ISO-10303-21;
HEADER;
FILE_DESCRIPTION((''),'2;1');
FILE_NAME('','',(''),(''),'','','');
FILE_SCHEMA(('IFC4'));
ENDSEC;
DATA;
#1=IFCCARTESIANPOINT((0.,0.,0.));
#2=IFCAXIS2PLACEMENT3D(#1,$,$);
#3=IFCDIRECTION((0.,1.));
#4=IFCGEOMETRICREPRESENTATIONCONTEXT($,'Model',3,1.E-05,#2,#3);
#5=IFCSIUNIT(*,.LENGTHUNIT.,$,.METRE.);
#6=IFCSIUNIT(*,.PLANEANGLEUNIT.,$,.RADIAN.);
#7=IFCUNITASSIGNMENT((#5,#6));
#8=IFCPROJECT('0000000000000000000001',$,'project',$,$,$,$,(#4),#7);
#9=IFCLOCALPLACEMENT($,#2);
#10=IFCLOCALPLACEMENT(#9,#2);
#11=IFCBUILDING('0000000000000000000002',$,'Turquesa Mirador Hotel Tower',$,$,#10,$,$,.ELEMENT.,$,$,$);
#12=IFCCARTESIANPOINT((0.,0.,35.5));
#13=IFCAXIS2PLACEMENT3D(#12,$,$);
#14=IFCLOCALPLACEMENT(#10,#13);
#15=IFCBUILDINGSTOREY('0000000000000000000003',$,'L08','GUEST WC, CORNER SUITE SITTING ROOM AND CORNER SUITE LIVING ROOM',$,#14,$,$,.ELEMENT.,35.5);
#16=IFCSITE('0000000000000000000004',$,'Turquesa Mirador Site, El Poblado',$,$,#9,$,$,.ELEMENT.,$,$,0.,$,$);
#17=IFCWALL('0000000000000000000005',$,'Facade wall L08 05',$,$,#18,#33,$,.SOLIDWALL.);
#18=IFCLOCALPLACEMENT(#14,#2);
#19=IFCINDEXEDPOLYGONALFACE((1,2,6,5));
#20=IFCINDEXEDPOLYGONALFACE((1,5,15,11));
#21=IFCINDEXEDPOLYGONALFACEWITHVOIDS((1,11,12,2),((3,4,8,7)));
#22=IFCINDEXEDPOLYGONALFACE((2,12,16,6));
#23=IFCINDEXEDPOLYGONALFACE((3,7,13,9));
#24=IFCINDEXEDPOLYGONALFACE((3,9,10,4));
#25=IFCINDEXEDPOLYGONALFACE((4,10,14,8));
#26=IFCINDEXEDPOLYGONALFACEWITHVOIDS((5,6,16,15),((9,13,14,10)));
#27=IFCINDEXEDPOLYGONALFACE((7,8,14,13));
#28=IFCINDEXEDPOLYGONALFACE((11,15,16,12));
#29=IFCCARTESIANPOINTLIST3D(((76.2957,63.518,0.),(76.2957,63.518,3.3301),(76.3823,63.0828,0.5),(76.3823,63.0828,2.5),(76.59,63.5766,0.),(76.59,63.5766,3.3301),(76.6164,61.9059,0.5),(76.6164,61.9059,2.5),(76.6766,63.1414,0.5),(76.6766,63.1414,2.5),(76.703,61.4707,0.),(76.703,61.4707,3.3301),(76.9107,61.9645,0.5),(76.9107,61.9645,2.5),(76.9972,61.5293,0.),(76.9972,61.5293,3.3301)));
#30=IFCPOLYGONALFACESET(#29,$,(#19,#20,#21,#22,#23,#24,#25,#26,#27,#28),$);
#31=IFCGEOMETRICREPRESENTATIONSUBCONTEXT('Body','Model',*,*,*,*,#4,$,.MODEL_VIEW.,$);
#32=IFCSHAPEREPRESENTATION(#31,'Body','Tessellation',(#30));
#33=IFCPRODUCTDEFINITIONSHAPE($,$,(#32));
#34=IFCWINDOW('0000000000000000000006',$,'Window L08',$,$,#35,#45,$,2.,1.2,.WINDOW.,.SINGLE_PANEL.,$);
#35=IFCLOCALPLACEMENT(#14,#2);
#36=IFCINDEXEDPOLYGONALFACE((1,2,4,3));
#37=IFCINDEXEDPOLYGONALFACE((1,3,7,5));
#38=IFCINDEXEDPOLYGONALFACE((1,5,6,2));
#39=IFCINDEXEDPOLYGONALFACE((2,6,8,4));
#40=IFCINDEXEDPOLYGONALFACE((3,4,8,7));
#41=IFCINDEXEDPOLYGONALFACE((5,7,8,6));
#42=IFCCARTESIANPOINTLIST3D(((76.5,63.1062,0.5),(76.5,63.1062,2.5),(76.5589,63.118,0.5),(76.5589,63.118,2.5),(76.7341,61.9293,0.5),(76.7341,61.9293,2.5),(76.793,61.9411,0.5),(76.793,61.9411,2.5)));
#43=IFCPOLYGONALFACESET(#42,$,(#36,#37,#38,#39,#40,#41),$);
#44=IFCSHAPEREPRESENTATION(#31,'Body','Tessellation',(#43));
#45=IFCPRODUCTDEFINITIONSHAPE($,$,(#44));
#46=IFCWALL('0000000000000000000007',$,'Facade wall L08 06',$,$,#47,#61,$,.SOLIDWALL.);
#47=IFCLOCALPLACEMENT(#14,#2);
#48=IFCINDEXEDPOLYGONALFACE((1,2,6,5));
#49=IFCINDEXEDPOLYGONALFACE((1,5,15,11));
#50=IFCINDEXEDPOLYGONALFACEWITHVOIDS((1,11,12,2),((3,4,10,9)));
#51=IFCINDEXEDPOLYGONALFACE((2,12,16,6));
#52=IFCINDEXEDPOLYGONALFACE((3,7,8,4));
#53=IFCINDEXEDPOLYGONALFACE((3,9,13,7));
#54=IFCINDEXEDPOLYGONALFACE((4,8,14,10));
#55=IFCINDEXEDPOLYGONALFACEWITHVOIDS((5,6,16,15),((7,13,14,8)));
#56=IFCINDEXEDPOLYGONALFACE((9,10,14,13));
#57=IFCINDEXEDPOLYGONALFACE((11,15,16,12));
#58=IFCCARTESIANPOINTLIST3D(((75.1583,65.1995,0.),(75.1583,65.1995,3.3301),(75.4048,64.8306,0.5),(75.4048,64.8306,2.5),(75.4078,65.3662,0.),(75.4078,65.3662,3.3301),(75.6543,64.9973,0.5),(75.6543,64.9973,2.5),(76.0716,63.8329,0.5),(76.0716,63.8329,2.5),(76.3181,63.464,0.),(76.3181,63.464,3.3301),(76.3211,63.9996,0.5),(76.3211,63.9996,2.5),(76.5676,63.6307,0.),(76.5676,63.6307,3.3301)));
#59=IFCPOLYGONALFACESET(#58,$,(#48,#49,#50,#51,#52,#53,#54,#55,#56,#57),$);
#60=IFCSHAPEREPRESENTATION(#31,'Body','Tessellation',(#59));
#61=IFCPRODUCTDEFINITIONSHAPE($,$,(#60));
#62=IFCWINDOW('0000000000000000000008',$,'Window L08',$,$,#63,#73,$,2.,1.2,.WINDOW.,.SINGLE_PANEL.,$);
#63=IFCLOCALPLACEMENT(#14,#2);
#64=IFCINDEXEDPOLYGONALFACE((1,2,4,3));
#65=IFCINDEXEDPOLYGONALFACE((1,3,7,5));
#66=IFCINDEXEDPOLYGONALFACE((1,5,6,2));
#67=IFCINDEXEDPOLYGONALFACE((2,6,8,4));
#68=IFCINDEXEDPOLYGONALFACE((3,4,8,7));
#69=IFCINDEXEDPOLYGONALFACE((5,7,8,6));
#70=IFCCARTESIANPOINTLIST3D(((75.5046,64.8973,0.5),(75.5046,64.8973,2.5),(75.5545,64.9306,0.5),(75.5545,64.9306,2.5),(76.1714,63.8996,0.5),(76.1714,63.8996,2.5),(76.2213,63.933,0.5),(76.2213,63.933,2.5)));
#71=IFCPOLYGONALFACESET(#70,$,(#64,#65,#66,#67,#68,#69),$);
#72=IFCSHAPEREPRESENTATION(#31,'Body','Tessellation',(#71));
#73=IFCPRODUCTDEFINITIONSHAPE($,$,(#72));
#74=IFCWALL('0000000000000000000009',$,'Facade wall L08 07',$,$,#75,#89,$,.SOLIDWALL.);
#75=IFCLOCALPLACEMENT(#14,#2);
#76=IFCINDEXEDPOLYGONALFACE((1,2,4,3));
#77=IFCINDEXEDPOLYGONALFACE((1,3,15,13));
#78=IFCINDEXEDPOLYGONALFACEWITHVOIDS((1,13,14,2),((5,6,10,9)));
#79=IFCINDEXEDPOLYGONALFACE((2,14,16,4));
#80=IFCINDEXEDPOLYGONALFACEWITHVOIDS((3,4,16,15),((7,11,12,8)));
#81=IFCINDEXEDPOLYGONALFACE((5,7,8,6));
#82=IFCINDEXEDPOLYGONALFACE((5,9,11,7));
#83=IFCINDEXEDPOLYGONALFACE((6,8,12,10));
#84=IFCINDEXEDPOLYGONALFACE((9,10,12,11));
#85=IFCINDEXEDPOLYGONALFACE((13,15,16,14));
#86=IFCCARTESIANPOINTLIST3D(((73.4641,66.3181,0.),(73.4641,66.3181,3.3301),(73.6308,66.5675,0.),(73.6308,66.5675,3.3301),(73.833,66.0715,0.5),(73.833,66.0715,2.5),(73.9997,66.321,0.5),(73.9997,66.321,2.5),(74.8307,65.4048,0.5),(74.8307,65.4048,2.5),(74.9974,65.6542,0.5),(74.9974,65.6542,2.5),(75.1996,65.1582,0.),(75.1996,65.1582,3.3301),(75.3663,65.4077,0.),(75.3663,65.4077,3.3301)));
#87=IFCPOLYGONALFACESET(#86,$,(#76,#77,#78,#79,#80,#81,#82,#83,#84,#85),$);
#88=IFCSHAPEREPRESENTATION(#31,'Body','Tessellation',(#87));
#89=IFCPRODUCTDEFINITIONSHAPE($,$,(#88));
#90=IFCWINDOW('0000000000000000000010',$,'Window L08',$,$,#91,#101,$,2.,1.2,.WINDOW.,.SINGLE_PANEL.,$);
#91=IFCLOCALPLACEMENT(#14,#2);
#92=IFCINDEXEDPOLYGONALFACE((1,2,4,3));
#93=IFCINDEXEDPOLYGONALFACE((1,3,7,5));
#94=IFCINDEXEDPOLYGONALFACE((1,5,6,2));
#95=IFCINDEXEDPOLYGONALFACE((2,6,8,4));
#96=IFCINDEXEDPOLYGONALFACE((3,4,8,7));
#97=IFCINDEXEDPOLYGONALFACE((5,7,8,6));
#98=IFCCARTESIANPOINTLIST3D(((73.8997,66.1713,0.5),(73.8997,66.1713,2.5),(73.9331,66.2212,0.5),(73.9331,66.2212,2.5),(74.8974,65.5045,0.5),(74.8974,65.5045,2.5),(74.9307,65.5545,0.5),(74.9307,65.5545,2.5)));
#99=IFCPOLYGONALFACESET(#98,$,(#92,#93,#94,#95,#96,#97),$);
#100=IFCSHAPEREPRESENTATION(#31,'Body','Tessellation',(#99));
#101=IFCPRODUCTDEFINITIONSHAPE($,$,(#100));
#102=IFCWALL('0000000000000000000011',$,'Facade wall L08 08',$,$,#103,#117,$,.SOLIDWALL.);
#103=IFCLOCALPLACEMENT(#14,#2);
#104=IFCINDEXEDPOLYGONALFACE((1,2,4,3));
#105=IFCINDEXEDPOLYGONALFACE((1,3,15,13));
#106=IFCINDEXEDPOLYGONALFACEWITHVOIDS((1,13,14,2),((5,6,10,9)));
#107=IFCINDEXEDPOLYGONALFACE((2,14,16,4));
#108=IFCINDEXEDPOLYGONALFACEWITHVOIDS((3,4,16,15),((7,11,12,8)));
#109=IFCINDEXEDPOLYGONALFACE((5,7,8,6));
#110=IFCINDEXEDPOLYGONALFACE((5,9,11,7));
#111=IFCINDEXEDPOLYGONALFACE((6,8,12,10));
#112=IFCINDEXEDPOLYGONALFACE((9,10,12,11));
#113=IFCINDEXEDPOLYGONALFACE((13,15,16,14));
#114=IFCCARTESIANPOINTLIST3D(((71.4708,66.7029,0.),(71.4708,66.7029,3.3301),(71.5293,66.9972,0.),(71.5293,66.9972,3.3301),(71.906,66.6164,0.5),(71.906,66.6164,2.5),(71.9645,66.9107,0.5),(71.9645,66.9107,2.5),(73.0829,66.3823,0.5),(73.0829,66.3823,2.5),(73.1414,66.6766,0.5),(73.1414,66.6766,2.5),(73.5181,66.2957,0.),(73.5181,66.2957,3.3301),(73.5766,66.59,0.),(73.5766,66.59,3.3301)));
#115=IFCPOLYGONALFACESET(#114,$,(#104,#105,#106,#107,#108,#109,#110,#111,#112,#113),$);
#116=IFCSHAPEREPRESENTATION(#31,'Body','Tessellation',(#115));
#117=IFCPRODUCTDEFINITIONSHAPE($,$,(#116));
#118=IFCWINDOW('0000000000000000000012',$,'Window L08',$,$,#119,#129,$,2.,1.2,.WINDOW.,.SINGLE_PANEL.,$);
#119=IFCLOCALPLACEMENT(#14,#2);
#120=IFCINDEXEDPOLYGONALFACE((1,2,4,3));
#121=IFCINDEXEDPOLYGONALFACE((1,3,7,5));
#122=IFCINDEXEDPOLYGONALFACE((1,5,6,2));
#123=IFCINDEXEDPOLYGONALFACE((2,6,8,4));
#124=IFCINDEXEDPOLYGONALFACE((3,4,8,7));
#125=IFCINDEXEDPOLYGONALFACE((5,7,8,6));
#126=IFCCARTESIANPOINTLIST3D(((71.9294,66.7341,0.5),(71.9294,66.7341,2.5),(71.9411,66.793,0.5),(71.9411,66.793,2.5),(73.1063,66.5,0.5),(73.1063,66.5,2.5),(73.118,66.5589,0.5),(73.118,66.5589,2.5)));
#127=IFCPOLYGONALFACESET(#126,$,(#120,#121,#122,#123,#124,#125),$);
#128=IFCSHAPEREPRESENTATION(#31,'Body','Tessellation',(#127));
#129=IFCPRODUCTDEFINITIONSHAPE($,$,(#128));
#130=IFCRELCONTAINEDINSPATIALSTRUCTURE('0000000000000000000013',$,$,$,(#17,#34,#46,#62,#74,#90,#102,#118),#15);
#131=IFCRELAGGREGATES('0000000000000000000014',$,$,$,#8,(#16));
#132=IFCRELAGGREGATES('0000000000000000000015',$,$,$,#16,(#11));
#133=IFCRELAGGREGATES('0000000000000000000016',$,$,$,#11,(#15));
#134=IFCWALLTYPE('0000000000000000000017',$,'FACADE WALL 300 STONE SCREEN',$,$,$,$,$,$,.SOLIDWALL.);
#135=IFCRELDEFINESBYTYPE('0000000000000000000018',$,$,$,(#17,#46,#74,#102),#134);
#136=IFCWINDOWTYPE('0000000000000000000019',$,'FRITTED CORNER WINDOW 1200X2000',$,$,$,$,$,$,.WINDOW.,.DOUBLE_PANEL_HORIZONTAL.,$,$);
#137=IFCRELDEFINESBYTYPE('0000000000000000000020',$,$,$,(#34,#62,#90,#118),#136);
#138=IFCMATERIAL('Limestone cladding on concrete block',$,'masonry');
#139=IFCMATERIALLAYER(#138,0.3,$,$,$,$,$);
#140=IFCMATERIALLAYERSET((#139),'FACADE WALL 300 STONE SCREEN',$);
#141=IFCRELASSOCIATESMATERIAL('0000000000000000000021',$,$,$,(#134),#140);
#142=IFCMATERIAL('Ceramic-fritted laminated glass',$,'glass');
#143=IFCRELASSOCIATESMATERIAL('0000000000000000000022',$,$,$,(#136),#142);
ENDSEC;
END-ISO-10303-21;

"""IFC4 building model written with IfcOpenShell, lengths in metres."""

from ifc_helpers import new_model, si_unit, direction, frame, frame_2d, origin, place, context, subcontext, project, spatial, rectangle, extrude, material, layer, layer_set, type_object, element, fill, save


model = new_model("IFC4")

# Units and contexts
model_context = context("Model", 3, precision=1e-05, world=origin(), true_north=direction((0.0, 1.0)))
body_context = subcontext(model_context, "Body", "Model", "MODEL_VIEW")
ifc_project = project(units=[si_unit("LENGTHUNIT", "METRE"), si_unit("PLANEANGLEUNIT", "RADIAN")], contexts=[model_context])

# Site, building, storey
site_placement = place(None, origin())
site = spatial("IfcSite", under=ifc_project, at=site_placement, Name="Turquesa Mirador Site, El Poblado", CompositionType="ELEMENT", RefElevation=0.0)
building_placement = place(site_placement, origin())
building = spatial("IfcBuilding", under=site, at=building_placement, Name="Turquesa Mirador Hotel Tower", CompositionType="ELEMENT")
storey_placement = place(building_placement, frame((0.0, 0.0, 35.5)))
storey = spatial("IfcBuildingStorey", under=building, at=storey_placement, Name="L08", Description="GUEST WC, CORNER SUITE SITTING ROOM AND CORNER SUITE LIVING ROOM", CompositionType="ELEMENT", Elevation=35.5)

# Walls, openings, windows
ifc_material_1 = material(Name="Limestone cladding on concrete block", Category="masonry")
ifc_layer_1 = layer(ifc_material_1, 0.3)
ifc_layer_set_1 = layer_set([ifc_layer_1], Name="FACADE WALL 300 STONE SCREEN")
wall_type_1 = type_object("IfcWallType", Name="FACADE WALL 300 STONE SCREEN", PredefinedType="SOLIDWALL", material=ifc_layer_set_1)
wall_1_placement = place(storey_placement, frame((76.8501, 61.5, 0.0), z_axis=(0.0, 0.0, 1.0), x_axis=(-0.195081, 0.980787, 0.0)))
wall_1 = element("IfcWall", 1, at=wall_1_placement, inside=storey, type_object=wall_type_1, Name="Facade wall L08 05", PredefinedType="SOLIDWALL", context=body_context, shape_type="SweptSolid", body=[
    extrude(rectangle(XDim=2.0874, YDim=0.3, at=frame_2d((1.0437, 0.0))), origin(), (0.0, 0.0, 1.0), 3.3301),
])
opening_1_placement = place(wall_1_placement, frame((0.4436, 0.0, 0.5)))
opening_1 = element("IfcOpeningElement", 2, at=opening_1_placement, cuts=wall_1, PredefinedType="OPENING", context=body_context, shape_type="SweptSolid", body=[
    extrude(rectangle(XDim=1.2, YDim=2.0, at=frame_2d((0.6001, 1.0))), frame((0.0, 0.1599, 0.0), z_axis=(0.0, -1.0, 0.0), x_axis=(1.0, 0.0, 0.0)), (0.0, 0.0, 1.0), 0.3201),
])
ifc_material_2 = material(Name="Ceramic-fritted laminated glass", Category="glass")
window_type_1 = type_object("IfcWindowType", Name="FRITTED CORNER WINDOW 1200X2000", PartitioningType="DOUBLE_PANEL_HORIZONTAL", PredefinedType="WINDOW", material=ifc_material_2)
window_1_placement = place(opening_1_placement, origin())
window_1 = element("IfcWindow", 3, at=window_1_placement, inside=storey, type_object=window_type_1, Name="Window L08", OverallHeight=2.0, OverallWidth=1.2, PartitioningType="SINGLE_PANEL", PredefinedType="WINDOW", context=body_context, shape_type="SweptSolid", body=[
    extrude(rectangle(XDim=1.2, YDim=2.0, at=frame_2d((0.6001, 1.0))), frame((0.0, 0.03, 0.0), z_axis=(0.0, -1.0, 0.0), x_axis=(1.0, 0.0, 0.0)), (0.0, 0.0, 1.0), 0.0601),
])
fill(opening_1, window_1)
wall_2_placement = place(storey_placement, frame((76.4429, 63.5474, 0.0), z_axis=(0.0, 0.0, 1.0), x_axis=(-0.555644, 0.83142, 0.0)))
wall_2 = element("IfcWall", 4, at=wall_2_placement, inside=storey, type_object=wall_type_1, Name="Facade wall L08 06", PredefinedType="SOLIDWALL", context=body_context, shape_type="SweptSolid", body=[
    extrude(rectangle(XDim=2.0874, YDim=0.3, at=frame_2d((1.0437, 0.0))), origin(), (0.0, 0.0, 1.0), 3.3301),
])
opening_2_placement = place(wall_2_placement, frame((0.4436, 0.0, 0.5)))
opening_2 = element("IfcOpeningElement", 5, at=opening_2_placement, cuts=wall_2, PredefinedType="OPENING", context=body_context, shape_type="SweptSolid", body=[
    extrude(rectangle(XDim=1.2, YDim=2.0, at=frame_2d((0.6001, 1.0))), frame((0.0, 0.1599, 0.0), z_axis=(0.0, -1.0, 0.0), x_axis=(1.0, 0.0, 0.0)), (0.0, 0.0, 1.0), 0.3201),
])
window_2_placement = place(opening_2_placement, origin())
window_2 = element("IfcWindow", 6, at=window_2_placement, inside=storey, type_object=window_type_1, Name="Window L08", OverallHeight=2.0, OverallWidth=1.2, PartitioningType="SINGLE_PANEL", PredefinedType="WINDOW", context=body_context, shape_type="SweptSolid", body=[
    extrude(rectangle(XDim=1.2, YDim=2.0, at=frame_2d((0.6001, 1.0))), frame((0.0, 0.03, 0.0), z_axis=(0.0, -1.0, 0.0), x_axis=(1.0, 0.0, 0.0)), (0.0, 0.0, 1.0), 0.0601),
])
fill(opening_2, window_2)
wall_3_placement = place(storey_placement, frame((75.283, 65.283, 0.0), z_axis=(0.0, 0.0, 1.0), x_axis=(-0.83142, 0.555644, 0.0)))
wall_3 = element("IfcWall", 7, at=wall_3_placement, inside=storey, type_object=wall_type_1, Name="Facade wall L08 07", PredefinedType="SOLIDWALL", context=body_context, shape_type="SweptSolid", body=[
    extrude(rectangle(XDim=2.0874, YDim=0.3, at=frame_2d((1.0437, 0.0))), origin(), (0.0, 0.0, 1.0), 3.3301),
])
opening_3_placement = place(wall_3_placement, frame((0.4436, 0.0, 0.5)))
opening_3 = element("IfcOpeningElement", 8, at=opening_3_placement, cuts=wall_3, PredefinedType="OPENING", context=body_context, shape_type="SweptSolid", body=[
    extrude(rectangle(XDim=1.2, YDim=2.0, at=frame_2d((0.6001, 1.0))), frame((0.0, 0.1599, 0.0), z_axis=(0.0, -1.0, 0.0), x_axis=(1.0, 0.0, 0.0)), (0.0, 0.0, 1.0), 0.3201),
])
window_3_placement = place(opening_3_placement, origin())
window_3 = element("IfcWindow", 9, at=window_3_placement, inside=storey, type_object=window_type_1, Name="Window L08", OverallHeight=2.0, OverallWidth=1.2, PartitioningType="SINGLE_PANEL", PredefinedType="WINDOW", context=body_context, shape_type="SweptSolid", body=[
    extrude(rectangle(XDim=1.2, YDim=2.0, at=frame_2d((0.6001, 1.0))), frame((0.0, 0.03, 0.0), z_axis=(0.0, -1.0, 0.0), x_axis=(1.0, 0.0, 0.0)), (0.0, 0.0, 1.0), 0.0601),
])
fill(opening_3, window_3)
wall_4_placement = place(storey_placement, frame((73.5474, 66.4429, 0.0), z_axis=(0.0, 0.0, 1.0), x_axis=(-0.980787, 0.195081, 0.0)))
wall_4 = element("IfcWall", 10, at=wall_4_placement, inside=storey, type_object=wall_type_1, Name="Facade wall L08 08", PredefinedType="SOLIDWALL", context=body_context, shape_type="SweptSolid", body=[
    extrude(rectangle(XDim=2.0874, YDim=0.3, at=frame_2d((1.0437, 0.0))), origin(), (0.0, 0.0, 1.0), 3.3301),
])
opening_4_placement = place(wall_4_placement, frame((0.4436, 0.0, 0.5)))
opening_4 = element("IfcOpeningElement", 11, at=opening_4_placement, cuts=wall_4, PredefinedType="OPENING", context=body_context, shape_type="SweptSolid", body=[
    extrude(rectangle(XDim=1.2, YDim=2.0, at=frame_2d((0.6001, 1.0))), frame((0.0, 0.1599, 0.0), z_axis=(0.0, -1.0, 0.0), x_axis=(1.0, 0.0, 0.0)), (0.0, 0.0, 1.0), 0.3201),
])
window_4_placement = place(opening_4_placement, origin())
window_4 = element("IfcWindow", 12, at=window_4_placement, inside=storey, type_object=window_type_1, Name="Window L08", OverallHeight=2.0, OverallWidth=1.2, PartitioningType="SINGLE_PANEL", PredefinedType="WINDOW", context=body_context, shape_type="SweptSolid", body=[
    extrude(rectangle(XDim=1.2, YDim=2.0, at=frame_2d((0.6001, 1.0))), frame((0.0, 0.03, 0.0), z_axis=(0.0, -1.0, 0.0), x_axis=(1.0, 0.0, 0.0)), (0.0, 0.0, 1.0), 0.0601),
])
fill(opening_4, window_4)

save(model, "model.ifc")
